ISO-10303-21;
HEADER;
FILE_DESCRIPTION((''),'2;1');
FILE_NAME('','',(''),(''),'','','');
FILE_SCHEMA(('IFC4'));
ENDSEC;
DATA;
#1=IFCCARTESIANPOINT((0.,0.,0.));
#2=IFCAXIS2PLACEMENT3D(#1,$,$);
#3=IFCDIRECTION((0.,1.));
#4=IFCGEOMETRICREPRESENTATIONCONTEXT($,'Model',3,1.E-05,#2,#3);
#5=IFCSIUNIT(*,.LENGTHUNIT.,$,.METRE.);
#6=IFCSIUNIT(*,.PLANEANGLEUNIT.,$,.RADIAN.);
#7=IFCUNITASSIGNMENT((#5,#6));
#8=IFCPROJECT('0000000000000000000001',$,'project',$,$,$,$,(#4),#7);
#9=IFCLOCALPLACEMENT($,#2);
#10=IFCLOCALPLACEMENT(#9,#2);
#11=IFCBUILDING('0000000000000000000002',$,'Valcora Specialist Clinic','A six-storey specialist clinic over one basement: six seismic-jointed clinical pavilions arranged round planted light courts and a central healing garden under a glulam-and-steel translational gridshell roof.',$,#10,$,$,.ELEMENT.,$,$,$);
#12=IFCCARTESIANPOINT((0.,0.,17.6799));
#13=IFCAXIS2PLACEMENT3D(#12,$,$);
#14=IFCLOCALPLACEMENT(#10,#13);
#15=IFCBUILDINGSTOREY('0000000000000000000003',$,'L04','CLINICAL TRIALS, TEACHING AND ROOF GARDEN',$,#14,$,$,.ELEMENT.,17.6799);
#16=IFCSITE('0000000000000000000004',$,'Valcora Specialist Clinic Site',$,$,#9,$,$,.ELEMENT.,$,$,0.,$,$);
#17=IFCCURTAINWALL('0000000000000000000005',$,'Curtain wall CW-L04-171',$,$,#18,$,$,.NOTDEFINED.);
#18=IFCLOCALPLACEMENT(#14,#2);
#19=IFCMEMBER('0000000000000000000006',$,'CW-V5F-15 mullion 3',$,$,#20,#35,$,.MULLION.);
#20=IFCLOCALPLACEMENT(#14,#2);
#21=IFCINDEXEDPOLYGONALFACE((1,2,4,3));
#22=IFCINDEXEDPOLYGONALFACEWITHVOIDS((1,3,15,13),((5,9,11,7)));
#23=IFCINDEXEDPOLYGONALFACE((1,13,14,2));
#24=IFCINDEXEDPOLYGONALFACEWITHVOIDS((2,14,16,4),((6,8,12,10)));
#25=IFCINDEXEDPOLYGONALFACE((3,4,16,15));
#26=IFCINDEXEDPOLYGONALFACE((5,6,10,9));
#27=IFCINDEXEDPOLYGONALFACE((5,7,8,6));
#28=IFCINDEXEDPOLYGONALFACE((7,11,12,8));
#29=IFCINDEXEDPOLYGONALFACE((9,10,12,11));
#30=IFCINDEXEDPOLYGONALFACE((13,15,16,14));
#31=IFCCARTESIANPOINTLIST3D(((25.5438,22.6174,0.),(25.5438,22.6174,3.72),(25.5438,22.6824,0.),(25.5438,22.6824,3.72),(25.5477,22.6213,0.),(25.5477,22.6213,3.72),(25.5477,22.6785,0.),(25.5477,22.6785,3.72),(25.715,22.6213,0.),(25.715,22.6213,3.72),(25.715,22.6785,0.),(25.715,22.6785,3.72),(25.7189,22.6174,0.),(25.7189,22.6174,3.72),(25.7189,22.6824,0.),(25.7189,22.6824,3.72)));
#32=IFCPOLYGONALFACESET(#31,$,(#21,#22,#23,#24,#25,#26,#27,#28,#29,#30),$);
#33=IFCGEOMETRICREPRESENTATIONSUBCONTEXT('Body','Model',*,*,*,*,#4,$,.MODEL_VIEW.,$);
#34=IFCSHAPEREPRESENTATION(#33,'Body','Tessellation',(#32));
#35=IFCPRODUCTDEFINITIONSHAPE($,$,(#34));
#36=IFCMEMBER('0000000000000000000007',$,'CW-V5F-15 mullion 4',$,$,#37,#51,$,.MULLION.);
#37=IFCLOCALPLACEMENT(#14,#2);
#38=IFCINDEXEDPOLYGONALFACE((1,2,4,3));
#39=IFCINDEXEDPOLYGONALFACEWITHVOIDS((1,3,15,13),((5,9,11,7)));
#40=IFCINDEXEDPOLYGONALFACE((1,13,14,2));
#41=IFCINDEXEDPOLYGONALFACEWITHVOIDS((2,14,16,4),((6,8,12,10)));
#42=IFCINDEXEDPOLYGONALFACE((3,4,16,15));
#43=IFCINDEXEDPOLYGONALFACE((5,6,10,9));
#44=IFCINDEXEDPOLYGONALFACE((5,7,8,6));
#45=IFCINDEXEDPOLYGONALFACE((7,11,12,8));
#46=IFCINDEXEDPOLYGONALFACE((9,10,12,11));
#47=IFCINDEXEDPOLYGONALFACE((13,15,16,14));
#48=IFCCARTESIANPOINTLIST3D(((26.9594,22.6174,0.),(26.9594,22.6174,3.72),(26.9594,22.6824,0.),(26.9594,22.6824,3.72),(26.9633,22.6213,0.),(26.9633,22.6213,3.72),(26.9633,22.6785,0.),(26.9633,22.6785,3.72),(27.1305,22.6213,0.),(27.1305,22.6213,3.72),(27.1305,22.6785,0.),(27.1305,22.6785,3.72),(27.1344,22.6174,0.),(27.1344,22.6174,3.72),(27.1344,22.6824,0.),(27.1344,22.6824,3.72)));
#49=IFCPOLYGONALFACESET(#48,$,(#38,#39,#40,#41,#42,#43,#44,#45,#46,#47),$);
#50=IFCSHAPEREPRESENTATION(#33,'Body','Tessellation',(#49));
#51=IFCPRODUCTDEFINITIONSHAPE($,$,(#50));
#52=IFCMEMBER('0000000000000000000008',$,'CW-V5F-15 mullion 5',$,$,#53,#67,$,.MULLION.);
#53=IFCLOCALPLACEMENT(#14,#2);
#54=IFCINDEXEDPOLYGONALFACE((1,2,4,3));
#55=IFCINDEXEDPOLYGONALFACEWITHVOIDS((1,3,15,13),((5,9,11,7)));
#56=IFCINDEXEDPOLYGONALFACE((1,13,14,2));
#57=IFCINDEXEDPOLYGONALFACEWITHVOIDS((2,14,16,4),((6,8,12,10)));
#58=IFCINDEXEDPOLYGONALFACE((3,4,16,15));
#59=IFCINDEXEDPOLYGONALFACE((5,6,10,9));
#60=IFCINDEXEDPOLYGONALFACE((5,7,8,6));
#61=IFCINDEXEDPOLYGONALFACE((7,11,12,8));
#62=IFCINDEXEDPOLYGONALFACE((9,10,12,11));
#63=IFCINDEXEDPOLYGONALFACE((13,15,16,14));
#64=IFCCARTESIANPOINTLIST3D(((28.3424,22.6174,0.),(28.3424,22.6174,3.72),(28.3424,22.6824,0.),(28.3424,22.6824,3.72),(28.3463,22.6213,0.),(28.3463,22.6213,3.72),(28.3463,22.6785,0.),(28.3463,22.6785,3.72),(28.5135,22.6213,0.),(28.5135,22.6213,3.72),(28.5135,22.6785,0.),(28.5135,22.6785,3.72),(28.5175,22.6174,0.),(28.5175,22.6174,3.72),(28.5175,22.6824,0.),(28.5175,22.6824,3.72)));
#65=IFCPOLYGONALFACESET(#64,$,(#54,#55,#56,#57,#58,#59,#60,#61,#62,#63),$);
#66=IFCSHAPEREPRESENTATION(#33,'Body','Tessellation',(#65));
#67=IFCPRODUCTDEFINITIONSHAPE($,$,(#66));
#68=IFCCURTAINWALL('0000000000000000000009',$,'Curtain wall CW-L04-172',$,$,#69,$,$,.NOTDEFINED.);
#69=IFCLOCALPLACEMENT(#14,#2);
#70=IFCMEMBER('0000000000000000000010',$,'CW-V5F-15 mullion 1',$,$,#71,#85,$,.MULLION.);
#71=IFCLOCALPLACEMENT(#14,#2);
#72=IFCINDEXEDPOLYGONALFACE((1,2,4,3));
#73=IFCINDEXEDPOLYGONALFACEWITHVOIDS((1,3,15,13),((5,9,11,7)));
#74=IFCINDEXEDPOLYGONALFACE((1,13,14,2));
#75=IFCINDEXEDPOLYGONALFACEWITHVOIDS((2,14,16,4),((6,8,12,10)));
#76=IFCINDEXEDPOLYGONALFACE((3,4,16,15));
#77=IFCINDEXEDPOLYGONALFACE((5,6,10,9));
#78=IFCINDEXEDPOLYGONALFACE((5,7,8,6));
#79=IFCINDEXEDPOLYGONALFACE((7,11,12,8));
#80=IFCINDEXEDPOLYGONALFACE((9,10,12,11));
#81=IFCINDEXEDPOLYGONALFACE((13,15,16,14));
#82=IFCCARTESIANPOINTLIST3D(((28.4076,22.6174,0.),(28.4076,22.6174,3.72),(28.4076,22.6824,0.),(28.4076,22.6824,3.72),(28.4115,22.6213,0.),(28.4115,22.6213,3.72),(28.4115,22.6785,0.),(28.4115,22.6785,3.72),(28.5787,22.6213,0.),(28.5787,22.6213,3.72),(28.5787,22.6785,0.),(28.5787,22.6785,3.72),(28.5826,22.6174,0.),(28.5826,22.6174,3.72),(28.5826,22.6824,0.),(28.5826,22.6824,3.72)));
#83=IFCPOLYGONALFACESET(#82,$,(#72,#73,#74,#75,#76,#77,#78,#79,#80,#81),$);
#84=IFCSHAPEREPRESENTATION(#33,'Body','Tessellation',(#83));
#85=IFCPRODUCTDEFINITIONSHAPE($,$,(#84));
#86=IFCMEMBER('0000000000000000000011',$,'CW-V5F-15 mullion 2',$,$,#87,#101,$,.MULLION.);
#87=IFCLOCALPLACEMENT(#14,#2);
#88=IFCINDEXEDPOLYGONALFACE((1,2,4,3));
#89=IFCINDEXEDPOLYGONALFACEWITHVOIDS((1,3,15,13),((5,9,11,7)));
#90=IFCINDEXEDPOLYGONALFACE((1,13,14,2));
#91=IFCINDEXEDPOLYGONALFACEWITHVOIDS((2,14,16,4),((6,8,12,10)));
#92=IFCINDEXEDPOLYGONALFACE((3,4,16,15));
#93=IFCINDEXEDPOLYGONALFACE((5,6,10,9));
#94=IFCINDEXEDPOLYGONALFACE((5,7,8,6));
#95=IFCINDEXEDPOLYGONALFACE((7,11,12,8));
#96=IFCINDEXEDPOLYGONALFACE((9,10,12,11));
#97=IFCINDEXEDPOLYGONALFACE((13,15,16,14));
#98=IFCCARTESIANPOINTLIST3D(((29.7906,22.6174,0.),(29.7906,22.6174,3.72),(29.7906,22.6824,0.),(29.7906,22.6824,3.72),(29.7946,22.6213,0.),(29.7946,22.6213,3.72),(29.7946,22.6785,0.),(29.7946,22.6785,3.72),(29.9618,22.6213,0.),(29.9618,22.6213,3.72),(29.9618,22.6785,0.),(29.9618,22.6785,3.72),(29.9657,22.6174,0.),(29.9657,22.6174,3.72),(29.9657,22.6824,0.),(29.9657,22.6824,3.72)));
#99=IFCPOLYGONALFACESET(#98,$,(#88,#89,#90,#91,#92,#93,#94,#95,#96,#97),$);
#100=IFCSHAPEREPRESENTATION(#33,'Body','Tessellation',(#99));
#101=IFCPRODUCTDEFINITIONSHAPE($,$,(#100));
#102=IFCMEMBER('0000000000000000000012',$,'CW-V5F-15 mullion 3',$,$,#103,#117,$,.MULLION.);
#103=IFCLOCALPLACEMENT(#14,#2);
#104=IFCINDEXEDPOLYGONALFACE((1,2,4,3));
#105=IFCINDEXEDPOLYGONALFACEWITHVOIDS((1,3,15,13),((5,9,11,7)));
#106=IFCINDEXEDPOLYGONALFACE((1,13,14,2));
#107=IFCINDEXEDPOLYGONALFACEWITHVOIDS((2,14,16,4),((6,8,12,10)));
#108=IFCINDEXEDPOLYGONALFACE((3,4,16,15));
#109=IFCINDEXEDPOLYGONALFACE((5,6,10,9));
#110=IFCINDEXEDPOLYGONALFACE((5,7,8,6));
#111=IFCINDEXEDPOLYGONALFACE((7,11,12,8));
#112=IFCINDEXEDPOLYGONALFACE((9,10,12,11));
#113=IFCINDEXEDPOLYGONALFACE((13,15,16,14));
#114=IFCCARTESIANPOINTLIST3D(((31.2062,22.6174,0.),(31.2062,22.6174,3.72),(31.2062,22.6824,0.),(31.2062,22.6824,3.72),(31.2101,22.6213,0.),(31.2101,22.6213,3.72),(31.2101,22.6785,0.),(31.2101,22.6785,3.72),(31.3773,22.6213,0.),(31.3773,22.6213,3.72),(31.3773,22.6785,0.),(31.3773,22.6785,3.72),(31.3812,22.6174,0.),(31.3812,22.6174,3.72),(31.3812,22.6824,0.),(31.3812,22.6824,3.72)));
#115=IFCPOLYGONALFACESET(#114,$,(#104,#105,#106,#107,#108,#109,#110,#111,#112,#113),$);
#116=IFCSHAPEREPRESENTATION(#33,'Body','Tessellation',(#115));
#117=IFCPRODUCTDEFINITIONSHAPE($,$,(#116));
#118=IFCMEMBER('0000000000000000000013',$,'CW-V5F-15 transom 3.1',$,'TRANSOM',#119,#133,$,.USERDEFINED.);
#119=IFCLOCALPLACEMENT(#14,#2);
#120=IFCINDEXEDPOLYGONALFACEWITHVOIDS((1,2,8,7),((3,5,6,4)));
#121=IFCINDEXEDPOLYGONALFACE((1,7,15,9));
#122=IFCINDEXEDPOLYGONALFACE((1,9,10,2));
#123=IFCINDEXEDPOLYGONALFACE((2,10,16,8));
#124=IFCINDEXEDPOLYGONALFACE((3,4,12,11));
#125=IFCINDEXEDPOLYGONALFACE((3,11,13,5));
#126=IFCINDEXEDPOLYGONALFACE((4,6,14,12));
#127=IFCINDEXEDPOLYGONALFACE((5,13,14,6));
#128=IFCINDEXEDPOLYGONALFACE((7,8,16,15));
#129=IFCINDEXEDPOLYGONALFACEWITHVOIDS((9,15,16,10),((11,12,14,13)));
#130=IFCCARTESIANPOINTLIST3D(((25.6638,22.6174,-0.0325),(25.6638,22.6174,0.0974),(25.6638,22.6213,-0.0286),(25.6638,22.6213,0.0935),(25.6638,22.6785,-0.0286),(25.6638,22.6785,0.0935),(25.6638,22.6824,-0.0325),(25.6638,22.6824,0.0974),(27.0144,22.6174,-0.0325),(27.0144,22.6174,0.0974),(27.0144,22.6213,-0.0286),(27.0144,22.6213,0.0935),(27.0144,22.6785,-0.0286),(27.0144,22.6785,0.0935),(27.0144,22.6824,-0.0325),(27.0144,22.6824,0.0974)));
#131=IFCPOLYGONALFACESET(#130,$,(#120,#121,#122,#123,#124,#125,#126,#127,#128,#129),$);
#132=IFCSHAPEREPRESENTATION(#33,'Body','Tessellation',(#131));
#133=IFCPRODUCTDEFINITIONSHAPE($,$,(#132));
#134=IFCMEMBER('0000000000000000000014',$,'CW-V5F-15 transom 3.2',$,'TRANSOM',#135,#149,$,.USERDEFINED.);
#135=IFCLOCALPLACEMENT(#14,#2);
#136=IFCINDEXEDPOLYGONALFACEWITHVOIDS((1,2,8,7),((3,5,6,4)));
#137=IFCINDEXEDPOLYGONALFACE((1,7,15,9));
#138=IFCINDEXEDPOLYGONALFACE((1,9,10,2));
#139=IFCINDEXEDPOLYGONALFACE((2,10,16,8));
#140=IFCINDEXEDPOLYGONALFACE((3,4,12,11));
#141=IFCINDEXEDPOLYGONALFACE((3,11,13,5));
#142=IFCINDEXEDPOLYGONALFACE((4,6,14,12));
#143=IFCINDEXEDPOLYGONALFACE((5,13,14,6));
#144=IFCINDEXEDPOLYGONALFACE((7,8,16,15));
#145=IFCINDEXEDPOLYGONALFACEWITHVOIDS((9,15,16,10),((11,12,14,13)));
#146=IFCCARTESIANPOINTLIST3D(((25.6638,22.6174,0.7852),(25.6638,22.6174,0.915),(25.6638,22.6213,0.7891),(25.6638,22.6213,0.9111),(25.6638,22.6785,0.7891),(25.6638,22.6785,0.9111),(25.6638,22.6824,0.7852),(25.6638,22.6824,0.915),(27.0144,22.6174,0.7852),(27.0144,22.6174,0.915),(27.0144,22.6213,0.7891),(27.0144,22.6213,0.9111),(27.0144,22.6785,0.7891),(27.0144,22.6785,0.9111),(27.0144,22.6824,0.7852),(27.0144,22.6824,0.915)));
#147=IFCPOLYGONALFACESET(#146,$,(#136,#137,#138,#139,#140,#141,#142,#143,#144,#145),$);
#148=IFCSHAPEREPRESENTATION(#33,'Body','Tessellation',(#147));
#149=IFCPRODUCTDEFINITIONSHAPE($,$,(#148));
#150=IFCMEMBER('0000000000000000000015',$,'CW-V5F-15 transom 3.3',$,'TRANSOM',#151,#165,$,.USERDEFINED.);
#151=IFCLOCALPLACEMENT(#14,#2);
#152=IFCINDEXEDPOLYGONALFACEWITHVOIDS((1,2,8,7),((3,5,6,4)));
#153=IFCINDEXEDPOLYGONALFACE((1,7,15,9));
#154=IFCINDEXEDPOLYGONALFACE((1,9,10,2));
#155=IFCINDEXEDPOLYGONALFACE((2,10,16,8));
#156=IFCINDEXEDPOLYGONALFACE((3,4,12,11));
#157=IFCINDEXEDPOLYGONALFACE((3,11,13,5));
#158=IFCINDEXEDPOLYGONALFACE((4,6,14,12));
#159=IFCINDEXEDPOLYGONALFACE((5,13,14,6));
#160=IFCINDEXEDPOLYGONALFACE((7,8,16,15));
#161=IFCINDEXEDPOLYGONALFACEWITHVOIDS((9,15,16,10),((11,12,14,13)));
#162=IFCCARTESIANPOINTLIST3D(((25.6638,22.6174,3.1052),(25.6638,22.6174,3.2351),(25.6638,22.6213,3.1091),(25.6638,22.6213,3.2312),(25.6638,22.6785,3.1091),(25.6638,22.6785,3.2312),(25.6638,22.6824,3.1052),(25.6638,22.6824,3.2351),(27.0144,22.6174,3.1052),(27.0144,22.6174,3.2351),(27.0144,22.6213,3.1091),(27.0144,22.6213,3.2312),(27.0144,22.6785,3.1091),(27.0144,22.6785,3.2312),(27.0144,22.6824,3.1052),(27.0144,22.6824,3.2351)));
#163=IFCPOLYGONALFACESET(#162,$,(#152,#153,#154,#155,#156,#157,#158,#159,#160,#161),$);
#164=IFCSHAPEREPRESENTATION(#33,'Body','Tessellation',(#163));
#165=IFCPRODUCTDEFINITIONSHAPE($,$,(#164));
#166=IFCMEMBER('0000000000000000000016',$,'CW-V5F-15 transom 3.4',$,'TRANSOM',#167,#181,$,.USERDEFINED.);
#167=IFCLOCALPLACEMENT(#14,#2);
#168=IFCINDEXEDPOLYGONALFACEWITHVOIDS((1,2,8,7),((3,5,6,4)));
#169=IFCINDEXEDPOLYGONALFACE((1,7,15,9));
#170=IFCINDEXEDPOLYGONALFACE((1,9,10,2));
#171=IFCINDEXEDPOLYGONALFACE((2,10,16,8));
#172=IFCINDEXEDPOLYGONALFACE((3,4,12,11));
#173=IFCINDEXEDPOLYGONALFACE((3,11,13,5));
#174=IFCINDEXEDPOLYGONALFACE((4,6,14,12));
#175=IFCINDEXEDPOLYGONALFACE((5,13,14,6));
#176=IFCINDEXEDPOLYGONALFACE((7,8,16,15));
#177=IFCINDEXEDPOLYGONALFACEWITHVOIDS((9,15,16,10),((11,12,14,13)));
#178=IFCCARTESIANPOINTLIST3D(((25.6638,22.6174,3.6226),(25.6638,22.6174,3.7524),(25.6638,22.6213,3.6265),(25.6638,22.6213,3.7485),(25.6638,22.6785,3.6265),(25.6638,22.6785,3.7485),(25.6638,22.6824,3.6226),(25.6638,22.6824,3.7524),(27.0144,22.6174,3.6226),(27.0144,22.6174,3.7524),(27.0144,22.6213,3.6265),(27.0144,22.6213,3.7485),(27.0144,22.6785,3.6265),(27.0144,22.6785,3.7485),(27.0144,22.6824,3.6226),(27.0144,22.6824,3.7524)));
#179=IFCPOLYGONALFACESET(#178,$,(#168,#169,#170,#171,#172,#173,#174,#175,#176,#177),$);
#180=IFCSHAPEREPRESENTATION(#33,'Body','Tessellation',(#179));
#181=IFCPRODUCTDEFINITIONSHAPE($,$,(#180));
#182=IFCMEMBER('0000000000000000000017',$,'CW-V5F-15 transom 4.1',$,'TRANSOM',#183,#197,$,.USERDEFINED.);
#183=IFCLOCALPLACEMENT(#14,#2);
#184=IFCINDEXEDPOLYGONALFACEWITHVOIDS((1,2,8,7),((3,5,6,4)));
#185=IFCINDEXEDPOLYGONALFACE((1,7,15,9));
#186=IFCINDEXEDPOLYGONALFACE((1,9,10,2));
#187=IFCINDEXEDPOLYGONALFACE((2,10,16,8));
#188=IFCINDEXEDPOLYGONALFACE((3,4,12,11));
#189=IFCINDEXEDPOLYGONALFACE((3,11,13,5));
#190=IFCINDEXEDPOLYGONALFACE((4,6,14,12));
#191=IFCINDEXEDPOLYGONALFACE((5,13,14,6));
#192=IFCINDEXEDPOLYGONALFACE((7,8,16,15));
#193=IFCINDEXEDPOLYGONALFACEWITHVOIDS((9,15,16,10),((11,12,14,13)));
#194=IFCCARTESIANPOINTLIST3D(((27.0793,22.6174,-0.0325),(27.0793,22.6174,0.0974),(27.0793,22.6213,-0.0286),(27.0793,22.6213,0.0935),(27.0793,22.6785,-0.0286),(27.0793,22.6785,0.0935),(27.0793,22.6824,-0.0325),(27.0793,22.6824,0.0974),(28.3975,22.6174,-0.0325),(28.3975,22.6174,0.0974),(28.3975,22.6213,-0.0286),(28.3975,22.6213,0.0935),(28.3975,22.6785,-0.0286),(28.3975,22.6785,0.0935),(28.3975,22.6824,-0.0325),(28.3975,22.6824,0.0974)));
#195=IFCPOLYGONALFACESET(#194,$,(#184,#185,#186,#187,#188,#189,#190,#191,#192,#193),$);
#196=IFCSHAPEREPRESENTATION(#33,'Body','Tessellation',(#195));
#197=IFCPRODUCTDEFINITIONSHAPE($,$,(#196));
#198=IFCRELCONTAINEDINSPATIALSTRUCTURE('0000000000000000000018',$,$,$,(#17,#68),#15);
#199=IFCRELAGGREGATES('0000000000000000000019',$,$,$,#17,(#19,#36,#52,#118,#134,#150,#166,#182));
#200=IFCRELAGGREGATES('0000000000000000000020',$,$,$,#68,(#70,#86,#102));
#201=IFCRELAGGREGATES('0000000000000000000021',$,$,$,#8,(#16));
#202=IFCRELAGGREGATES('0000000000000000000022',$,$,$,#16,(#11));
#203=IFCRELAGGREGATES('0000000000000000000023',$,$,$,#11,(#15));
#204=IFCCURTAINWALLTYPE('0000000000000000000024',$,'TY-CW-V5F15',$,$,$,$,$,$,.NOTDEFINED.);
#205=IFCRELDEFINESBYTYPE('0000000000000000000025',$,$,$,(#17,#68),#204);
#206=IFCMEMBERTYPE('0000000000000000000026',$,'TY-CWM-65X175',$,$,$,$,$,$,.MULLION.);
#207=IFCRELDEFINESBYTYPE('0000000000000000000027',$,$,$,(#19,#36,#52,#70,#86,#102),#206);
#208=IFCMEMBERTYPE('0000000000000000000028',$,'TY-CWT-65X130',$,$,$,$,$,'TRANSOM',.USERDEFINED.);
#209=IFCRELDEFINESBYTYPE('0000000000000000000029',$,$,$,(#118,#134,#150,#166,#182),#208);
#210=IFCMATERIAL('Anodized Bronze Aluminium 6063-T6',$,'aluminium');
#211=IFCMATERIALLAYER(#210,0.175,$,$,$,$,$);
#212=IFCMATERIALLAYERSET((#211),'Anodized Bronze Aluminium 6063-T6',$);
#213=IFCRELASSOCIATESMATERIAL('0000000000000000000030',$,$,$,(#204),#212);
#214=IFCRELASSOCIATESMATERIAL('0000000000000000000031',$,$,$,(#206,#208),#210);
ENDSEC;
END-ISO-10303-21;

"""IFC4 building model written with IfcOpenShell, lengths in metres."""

from ifc_helpers import new_model, si_unit, direction, frame, origin, origin_2d, place, context, subcontext, project, spatial, hollow_rectangle, extrude, material, layer, layer_set, material_profile, profile_set, type_object, element, aggregate, save


model = new_model("IFC4")

# Units and contexts
model_context = context("Model", 3, precision=1e-05, world=origin(), true_north=direction((0.0, 1.0)))
body_context = subcontext(model_context, "Body", "Model", "MODEL_VIEW")
ifc_project = project(units=[si_unit("LENGTHUNIT", "METRE"), si_unit("PLANEANGLEUNIT", "RADIAN")], contexts=[model_context])

# Site, building, storey
site_placement = place(None, origin())
site = spatial("IfcSite", under=ifc_project, at=site_placement, Name="Valcora Specialist Clinic Site", CompositionType="ELEMENT", RefElevation=0.0)
building_placement = place(site_placement, origin())
building = spatial("IfcBuilding", under=site, at=building_placement, Name="Valcora Specialist Clinic", Description="A six-storey specialist clinic over one basement: six seismic-jointed clinical pavilions arranged round planted light courts and a central healing garden under a glulam-and-steel translational gridshell roof.", CompositionType="ELEMENT")
storey_placement = place(building_placement, frame((0.0, 0.0, 17.6799)))
storey = spatial("IfcBuildingStorey", under=building, at=storey_placement, Name="L04", Description="CLINICAL TRIALS, TEACHING AND ROOF GARDEN", CompositionType="ELEMENT", Elevation=17.6799)

# Curtain walls, members
ifc_material_1 = material(Name="Anodized Bronze Aluminium 6063-T6", Category="aluminium")
ifc_layer_1 = layer(ifc_material_1, 0.175)
ifc_layer_set_1 = layer_set([ifc_layer_1], Name="Anodized Bronze Aluminium 6063-T6")
curtain_wall_type = type_object("IfcCurtainWallType", Name="TY-CW-V5F15", PredefinedType="NOTDEFINED", material=ifc_layer_set_1)
curtain_wall_1_placement = place(storey_placement, origin())
curtain_wall_1 = element("IfcCurtainWall", 1, at=curtain_wall_1_placement, inside=storey, type_object=curtain_wall_type, Name="Curtain wall CW-L04-171", PredefinedType="NOTDEFINED")
ifc_material_profile_1 = material_profile(ifc_material_1, hollow_rectangle(XDim=0.0649, YDim=0.175, WallThickness=0.0039, at=origin_2d()), Name="AL-MUL-65X175")
ifc_profile_set_1 = profile_set([ifc_material_profile_1], Name="Anodized Bronze Aluminium 6063-T6")
member_type_1 = type_object("IfcMemberType", Name="TY-CWM-65X175", PredefinedType="MULLION", material=ifc_profile_set_1)
member_1_placement = place(storey_placement, frame((25.6313, 22.6499, 0.0), z_axis=(0.0, 0.0, 1.0), x_axis=(0.0, 1.0, 0.0)))
member_1 = element("IfcMember", 2, at=member_1_placement, type_object=member_type_1, Name="CW-V5F-15 mullion 3", PredefinedType="MULLION", context=body_context, shape_type="SweptSolid", body=[
    extrude(hollow_rectangle(XDim=0.0649, YDim=0.175, WallThickness=0.0039, at=origin_2d()), origin(), (0.0, 0.0, 1.0), 3.72),
])
member_2_placement = place(storey_placement, frame((27.0469, 22.6499, 0.0), z_axis=(0.0, 0.0, 1.0), x_axis=(0.0, 1.0, 0.0)))
member_2 = element("IfcMember", 3, at=member_2_placement, type_object=member_type_1, Name="CW-V5F-15 mullion 4", PredefinedType="MULLION", context=body_context, shape_type="SweptSolid", body=[
    extrude(hollow_rectangle(XDim=0.0649, YDim=0.175, WallThickness=0.0039, at=origin_2d()), origin(), (0.0, 0.0, 1.0), 3.72),
])
member_3_placement = place(storey_placement, frame((28.4299, 22.6499, 0.0), z_axis=(0.0, 0.0, 1.0), x_axis=(0.0, 1.0, 0.0)))
member_3 = element("IfcMember", 4, at=member_3_placement, type_object=member_type_1, Name="CW-V5F-15 mullion 5", PredefinedType="MULLION", context=body_context, shape_type="SweptSolid", body=[
    extrude(hollow_rectangle(XDim=0.0649, YDim=0.175, WallThickness=0.0039, at=origin_2d()), origin(), (0.0, 0.0, 1.0), 3.72),
])
curtain_wall_2_placement = place(storey_placement, origin())
curtain_wall_2 = element("IfcCurtainWall", 5, at=curtain_wall_2_placement, inside=storey, type_object=curtain_wall_type, Name="Curtain wall CW-L04-172", PredefinedType="NOTDEFINED")
member_4_placement = place(storey_placement, frame((28.4951, 22.6499, 0.0), z_axis=(0.0, 0.0, 1.0), x_axis=(0.0, 1.0, 0.0)))
member_4 = element("IfcMember", 6, at=member_4_placement, type_object=member_type_1, Name="CW-V5F-15 mullion 1", PredefinedType="MULLION", context=body_context, shape_type="SweptSolid", body=[
    extrude(hollow_rectangle(XDim=0.0649, YDim=0.175, WallThickness=0.0039, at=origin_2d()), origin(), (0.0, 0.0, 1.0), 3.72),
])
member_5_placement = place(storey_placement, frame((29.8782, 22.6499, 0.0), z_axis=(0.0, 0.0, 1.0), x_axis=(0.0, 1.0, 0.0)))
member_5 = element("IfcMember", 7, at=member_5_placement, type_object=member_type_1, Name="CW-V5F-15 mullion 2", PredefinedType="MULLION", context=body_context, shape_type="SweptSolid", body=[
    extrude(hollow_rectangle(XDim=0.0649, YDim=0.175, WallThickness=0.0039, at=origin_2d()), origin(), (0.0, 0.0, 1.0), 3.72),
])
member_6_placement = place(storey_placement, frame((31.2937, 22.6499, 0.0), z_axis=(0.0, 0.0, 1.0), x_axis=(0.0, 1.0, 0.0)))
member_6 = element("IfcMember", 8, at=member_6_placement, type_object=member_type_1, Name="CW-V5F-15 mullion 3", PredefinedType="MULLION", context=body_context, shape_type="SweptSolid", body=[
    extrude(hollow_rectangle(XDim=0.0649, YDim=0.175, WallThickness=0.0039, at=origin_2d()), origin(), (0.0, 0.0, 1.0), 3.72),
])

# Members
ifc_material_profile_2 = material_profile(ifc_material_1, hollow_rectangle(XDim=0.0649, YDim=0.1299, WallThickness=0.0039, at=origin_2d()), Name="AL-TRN-65X130")
ifc_profile_set_2 = profile_set([ifc_material_profile_2], Name="Anodized Bronze Aluminium 6063-T6")
member_type_2 = type_object("IfcMemberType", Name="TY-CWT-65X130", ElementType="TRANSOM", PredefinedType="USERDEFINED", material=ifc_profile_set_2)
member_7_placement = place(storey_placement, frame((25.6638, 22.6499, 0.0325), z_axis=(1.0, 0.0, 0.0), x_axis=(0.0, 1.0, 0.0)))
member_7 = element("IfcMember", 9, at=member_7_placement, type_object=member_type_2, Name="CW-V5F-15 transom 3.1", ObjectType="TRANSOM", PredefinedType="USERDEFINED", context=body_context, shape_type="SweptSolid", body=[
    extrude(hollow_rectangle(XDim=0.0649, YDim=0.1299, WallThickness=0.0039, at=origin_2d()), origin(), (0.0, 0.0, 1.0), 1.3506),
])
member_8_placement = place(storey_placement, frame((25.6638, 22.6499, 0.8501), z_axis=(1.0, 0.0, 0.0), x_axis=(0.0, 1.0, 0.0)))
member_8 = element("IfcMember", 10, at=member_8_placement, type_object=member_type_2, Name="CW-V5F-15 transom 3.2", ObjectType="TRANSOM", PredefinedType="USERDEFINED", context=body_context, shape_type="SweptSolid", body=[
    extrude(hollow_rectangle(XDim=0.0649, YDim=0.1299, WallThickness=0.0039, at=origin_2d()), origin(), (0.0, 0.0, 1.0), 1.3506),
])
member_9_placement = place(storey_placement, frame((25.6638, 22.6499, 3.1702), z_axis=(1.0, 0.0, 0.0), x_axis=(0.0, 1.0, 0.0)))
member_9 = element("IfcMember", 11, at=member_9_placement, type_object=member_type_2, Name="CW-V5F-15 transom 3.3", ObjectType="TRANSOM", PredefinedType="USERDEFINED", context=body_context, shape_type="SweptSolid", body=[
    extrude(hollow_rectangle(XDim=0.0649, YDim=0.1299, WallThickness=0.0039, at=origin_2d()), origin(), (0.0, 0.0, 1.0), 1.3506),
])
member_10_placement = place(storey_placement, frame((25.6638, 22.6499, 3.6875), z_axis=(1.0, 0.0, 0.0), x_axis=(0.0, 1.0, 0.0)))
member_10 = element("IfcMember", 12, at=member_10_placement, type_object=member_type_2, Name="CW-V5F-15 transom 3.4", ObjectType="TRANSOM", PredefinedType="USERDEFINED", context=body_context, shape_type="SweptSolid", body=[
    extrude(hollow_rectangle(XDim=0.0649, YDim=0.1299, WallThickness=0.0039, at=origin_2d()), origin(), (0.0, 0.0, 1.0), 1.3506),
])
member_11_placement = place(storey_placement, frame((27.0793, 22.6499, 0.0325), z_axis=(1.0, 0.0, 0.0), x_axis=(0.0, 1.0, 0.0)))
member_11 = element("IfcMember", 13, at=member_11_placement, type_object=member_type_2, Name="CW-V5F-15 transom 4.1", ObjectType="TRANSOM", PredefinedType="USERDEFINED", context=body_context, shape_type="SweptSolid", body=[
    extrude(hollow_rectangle(XDim=0.0649, YDim=0.1299, WallThickness=0.0039, at=origin_2d()), origin(), (0.0, 0.0, 1.0), 1.3181),
])

aggregate(curtain_wall_1, [member_1, member_2, member_3, member_7, member_8, member_9, member_10, member_11])
aggregate(curtain_wall_2, [member_4, member_5, member_6])

save(model, "model.ifc")
